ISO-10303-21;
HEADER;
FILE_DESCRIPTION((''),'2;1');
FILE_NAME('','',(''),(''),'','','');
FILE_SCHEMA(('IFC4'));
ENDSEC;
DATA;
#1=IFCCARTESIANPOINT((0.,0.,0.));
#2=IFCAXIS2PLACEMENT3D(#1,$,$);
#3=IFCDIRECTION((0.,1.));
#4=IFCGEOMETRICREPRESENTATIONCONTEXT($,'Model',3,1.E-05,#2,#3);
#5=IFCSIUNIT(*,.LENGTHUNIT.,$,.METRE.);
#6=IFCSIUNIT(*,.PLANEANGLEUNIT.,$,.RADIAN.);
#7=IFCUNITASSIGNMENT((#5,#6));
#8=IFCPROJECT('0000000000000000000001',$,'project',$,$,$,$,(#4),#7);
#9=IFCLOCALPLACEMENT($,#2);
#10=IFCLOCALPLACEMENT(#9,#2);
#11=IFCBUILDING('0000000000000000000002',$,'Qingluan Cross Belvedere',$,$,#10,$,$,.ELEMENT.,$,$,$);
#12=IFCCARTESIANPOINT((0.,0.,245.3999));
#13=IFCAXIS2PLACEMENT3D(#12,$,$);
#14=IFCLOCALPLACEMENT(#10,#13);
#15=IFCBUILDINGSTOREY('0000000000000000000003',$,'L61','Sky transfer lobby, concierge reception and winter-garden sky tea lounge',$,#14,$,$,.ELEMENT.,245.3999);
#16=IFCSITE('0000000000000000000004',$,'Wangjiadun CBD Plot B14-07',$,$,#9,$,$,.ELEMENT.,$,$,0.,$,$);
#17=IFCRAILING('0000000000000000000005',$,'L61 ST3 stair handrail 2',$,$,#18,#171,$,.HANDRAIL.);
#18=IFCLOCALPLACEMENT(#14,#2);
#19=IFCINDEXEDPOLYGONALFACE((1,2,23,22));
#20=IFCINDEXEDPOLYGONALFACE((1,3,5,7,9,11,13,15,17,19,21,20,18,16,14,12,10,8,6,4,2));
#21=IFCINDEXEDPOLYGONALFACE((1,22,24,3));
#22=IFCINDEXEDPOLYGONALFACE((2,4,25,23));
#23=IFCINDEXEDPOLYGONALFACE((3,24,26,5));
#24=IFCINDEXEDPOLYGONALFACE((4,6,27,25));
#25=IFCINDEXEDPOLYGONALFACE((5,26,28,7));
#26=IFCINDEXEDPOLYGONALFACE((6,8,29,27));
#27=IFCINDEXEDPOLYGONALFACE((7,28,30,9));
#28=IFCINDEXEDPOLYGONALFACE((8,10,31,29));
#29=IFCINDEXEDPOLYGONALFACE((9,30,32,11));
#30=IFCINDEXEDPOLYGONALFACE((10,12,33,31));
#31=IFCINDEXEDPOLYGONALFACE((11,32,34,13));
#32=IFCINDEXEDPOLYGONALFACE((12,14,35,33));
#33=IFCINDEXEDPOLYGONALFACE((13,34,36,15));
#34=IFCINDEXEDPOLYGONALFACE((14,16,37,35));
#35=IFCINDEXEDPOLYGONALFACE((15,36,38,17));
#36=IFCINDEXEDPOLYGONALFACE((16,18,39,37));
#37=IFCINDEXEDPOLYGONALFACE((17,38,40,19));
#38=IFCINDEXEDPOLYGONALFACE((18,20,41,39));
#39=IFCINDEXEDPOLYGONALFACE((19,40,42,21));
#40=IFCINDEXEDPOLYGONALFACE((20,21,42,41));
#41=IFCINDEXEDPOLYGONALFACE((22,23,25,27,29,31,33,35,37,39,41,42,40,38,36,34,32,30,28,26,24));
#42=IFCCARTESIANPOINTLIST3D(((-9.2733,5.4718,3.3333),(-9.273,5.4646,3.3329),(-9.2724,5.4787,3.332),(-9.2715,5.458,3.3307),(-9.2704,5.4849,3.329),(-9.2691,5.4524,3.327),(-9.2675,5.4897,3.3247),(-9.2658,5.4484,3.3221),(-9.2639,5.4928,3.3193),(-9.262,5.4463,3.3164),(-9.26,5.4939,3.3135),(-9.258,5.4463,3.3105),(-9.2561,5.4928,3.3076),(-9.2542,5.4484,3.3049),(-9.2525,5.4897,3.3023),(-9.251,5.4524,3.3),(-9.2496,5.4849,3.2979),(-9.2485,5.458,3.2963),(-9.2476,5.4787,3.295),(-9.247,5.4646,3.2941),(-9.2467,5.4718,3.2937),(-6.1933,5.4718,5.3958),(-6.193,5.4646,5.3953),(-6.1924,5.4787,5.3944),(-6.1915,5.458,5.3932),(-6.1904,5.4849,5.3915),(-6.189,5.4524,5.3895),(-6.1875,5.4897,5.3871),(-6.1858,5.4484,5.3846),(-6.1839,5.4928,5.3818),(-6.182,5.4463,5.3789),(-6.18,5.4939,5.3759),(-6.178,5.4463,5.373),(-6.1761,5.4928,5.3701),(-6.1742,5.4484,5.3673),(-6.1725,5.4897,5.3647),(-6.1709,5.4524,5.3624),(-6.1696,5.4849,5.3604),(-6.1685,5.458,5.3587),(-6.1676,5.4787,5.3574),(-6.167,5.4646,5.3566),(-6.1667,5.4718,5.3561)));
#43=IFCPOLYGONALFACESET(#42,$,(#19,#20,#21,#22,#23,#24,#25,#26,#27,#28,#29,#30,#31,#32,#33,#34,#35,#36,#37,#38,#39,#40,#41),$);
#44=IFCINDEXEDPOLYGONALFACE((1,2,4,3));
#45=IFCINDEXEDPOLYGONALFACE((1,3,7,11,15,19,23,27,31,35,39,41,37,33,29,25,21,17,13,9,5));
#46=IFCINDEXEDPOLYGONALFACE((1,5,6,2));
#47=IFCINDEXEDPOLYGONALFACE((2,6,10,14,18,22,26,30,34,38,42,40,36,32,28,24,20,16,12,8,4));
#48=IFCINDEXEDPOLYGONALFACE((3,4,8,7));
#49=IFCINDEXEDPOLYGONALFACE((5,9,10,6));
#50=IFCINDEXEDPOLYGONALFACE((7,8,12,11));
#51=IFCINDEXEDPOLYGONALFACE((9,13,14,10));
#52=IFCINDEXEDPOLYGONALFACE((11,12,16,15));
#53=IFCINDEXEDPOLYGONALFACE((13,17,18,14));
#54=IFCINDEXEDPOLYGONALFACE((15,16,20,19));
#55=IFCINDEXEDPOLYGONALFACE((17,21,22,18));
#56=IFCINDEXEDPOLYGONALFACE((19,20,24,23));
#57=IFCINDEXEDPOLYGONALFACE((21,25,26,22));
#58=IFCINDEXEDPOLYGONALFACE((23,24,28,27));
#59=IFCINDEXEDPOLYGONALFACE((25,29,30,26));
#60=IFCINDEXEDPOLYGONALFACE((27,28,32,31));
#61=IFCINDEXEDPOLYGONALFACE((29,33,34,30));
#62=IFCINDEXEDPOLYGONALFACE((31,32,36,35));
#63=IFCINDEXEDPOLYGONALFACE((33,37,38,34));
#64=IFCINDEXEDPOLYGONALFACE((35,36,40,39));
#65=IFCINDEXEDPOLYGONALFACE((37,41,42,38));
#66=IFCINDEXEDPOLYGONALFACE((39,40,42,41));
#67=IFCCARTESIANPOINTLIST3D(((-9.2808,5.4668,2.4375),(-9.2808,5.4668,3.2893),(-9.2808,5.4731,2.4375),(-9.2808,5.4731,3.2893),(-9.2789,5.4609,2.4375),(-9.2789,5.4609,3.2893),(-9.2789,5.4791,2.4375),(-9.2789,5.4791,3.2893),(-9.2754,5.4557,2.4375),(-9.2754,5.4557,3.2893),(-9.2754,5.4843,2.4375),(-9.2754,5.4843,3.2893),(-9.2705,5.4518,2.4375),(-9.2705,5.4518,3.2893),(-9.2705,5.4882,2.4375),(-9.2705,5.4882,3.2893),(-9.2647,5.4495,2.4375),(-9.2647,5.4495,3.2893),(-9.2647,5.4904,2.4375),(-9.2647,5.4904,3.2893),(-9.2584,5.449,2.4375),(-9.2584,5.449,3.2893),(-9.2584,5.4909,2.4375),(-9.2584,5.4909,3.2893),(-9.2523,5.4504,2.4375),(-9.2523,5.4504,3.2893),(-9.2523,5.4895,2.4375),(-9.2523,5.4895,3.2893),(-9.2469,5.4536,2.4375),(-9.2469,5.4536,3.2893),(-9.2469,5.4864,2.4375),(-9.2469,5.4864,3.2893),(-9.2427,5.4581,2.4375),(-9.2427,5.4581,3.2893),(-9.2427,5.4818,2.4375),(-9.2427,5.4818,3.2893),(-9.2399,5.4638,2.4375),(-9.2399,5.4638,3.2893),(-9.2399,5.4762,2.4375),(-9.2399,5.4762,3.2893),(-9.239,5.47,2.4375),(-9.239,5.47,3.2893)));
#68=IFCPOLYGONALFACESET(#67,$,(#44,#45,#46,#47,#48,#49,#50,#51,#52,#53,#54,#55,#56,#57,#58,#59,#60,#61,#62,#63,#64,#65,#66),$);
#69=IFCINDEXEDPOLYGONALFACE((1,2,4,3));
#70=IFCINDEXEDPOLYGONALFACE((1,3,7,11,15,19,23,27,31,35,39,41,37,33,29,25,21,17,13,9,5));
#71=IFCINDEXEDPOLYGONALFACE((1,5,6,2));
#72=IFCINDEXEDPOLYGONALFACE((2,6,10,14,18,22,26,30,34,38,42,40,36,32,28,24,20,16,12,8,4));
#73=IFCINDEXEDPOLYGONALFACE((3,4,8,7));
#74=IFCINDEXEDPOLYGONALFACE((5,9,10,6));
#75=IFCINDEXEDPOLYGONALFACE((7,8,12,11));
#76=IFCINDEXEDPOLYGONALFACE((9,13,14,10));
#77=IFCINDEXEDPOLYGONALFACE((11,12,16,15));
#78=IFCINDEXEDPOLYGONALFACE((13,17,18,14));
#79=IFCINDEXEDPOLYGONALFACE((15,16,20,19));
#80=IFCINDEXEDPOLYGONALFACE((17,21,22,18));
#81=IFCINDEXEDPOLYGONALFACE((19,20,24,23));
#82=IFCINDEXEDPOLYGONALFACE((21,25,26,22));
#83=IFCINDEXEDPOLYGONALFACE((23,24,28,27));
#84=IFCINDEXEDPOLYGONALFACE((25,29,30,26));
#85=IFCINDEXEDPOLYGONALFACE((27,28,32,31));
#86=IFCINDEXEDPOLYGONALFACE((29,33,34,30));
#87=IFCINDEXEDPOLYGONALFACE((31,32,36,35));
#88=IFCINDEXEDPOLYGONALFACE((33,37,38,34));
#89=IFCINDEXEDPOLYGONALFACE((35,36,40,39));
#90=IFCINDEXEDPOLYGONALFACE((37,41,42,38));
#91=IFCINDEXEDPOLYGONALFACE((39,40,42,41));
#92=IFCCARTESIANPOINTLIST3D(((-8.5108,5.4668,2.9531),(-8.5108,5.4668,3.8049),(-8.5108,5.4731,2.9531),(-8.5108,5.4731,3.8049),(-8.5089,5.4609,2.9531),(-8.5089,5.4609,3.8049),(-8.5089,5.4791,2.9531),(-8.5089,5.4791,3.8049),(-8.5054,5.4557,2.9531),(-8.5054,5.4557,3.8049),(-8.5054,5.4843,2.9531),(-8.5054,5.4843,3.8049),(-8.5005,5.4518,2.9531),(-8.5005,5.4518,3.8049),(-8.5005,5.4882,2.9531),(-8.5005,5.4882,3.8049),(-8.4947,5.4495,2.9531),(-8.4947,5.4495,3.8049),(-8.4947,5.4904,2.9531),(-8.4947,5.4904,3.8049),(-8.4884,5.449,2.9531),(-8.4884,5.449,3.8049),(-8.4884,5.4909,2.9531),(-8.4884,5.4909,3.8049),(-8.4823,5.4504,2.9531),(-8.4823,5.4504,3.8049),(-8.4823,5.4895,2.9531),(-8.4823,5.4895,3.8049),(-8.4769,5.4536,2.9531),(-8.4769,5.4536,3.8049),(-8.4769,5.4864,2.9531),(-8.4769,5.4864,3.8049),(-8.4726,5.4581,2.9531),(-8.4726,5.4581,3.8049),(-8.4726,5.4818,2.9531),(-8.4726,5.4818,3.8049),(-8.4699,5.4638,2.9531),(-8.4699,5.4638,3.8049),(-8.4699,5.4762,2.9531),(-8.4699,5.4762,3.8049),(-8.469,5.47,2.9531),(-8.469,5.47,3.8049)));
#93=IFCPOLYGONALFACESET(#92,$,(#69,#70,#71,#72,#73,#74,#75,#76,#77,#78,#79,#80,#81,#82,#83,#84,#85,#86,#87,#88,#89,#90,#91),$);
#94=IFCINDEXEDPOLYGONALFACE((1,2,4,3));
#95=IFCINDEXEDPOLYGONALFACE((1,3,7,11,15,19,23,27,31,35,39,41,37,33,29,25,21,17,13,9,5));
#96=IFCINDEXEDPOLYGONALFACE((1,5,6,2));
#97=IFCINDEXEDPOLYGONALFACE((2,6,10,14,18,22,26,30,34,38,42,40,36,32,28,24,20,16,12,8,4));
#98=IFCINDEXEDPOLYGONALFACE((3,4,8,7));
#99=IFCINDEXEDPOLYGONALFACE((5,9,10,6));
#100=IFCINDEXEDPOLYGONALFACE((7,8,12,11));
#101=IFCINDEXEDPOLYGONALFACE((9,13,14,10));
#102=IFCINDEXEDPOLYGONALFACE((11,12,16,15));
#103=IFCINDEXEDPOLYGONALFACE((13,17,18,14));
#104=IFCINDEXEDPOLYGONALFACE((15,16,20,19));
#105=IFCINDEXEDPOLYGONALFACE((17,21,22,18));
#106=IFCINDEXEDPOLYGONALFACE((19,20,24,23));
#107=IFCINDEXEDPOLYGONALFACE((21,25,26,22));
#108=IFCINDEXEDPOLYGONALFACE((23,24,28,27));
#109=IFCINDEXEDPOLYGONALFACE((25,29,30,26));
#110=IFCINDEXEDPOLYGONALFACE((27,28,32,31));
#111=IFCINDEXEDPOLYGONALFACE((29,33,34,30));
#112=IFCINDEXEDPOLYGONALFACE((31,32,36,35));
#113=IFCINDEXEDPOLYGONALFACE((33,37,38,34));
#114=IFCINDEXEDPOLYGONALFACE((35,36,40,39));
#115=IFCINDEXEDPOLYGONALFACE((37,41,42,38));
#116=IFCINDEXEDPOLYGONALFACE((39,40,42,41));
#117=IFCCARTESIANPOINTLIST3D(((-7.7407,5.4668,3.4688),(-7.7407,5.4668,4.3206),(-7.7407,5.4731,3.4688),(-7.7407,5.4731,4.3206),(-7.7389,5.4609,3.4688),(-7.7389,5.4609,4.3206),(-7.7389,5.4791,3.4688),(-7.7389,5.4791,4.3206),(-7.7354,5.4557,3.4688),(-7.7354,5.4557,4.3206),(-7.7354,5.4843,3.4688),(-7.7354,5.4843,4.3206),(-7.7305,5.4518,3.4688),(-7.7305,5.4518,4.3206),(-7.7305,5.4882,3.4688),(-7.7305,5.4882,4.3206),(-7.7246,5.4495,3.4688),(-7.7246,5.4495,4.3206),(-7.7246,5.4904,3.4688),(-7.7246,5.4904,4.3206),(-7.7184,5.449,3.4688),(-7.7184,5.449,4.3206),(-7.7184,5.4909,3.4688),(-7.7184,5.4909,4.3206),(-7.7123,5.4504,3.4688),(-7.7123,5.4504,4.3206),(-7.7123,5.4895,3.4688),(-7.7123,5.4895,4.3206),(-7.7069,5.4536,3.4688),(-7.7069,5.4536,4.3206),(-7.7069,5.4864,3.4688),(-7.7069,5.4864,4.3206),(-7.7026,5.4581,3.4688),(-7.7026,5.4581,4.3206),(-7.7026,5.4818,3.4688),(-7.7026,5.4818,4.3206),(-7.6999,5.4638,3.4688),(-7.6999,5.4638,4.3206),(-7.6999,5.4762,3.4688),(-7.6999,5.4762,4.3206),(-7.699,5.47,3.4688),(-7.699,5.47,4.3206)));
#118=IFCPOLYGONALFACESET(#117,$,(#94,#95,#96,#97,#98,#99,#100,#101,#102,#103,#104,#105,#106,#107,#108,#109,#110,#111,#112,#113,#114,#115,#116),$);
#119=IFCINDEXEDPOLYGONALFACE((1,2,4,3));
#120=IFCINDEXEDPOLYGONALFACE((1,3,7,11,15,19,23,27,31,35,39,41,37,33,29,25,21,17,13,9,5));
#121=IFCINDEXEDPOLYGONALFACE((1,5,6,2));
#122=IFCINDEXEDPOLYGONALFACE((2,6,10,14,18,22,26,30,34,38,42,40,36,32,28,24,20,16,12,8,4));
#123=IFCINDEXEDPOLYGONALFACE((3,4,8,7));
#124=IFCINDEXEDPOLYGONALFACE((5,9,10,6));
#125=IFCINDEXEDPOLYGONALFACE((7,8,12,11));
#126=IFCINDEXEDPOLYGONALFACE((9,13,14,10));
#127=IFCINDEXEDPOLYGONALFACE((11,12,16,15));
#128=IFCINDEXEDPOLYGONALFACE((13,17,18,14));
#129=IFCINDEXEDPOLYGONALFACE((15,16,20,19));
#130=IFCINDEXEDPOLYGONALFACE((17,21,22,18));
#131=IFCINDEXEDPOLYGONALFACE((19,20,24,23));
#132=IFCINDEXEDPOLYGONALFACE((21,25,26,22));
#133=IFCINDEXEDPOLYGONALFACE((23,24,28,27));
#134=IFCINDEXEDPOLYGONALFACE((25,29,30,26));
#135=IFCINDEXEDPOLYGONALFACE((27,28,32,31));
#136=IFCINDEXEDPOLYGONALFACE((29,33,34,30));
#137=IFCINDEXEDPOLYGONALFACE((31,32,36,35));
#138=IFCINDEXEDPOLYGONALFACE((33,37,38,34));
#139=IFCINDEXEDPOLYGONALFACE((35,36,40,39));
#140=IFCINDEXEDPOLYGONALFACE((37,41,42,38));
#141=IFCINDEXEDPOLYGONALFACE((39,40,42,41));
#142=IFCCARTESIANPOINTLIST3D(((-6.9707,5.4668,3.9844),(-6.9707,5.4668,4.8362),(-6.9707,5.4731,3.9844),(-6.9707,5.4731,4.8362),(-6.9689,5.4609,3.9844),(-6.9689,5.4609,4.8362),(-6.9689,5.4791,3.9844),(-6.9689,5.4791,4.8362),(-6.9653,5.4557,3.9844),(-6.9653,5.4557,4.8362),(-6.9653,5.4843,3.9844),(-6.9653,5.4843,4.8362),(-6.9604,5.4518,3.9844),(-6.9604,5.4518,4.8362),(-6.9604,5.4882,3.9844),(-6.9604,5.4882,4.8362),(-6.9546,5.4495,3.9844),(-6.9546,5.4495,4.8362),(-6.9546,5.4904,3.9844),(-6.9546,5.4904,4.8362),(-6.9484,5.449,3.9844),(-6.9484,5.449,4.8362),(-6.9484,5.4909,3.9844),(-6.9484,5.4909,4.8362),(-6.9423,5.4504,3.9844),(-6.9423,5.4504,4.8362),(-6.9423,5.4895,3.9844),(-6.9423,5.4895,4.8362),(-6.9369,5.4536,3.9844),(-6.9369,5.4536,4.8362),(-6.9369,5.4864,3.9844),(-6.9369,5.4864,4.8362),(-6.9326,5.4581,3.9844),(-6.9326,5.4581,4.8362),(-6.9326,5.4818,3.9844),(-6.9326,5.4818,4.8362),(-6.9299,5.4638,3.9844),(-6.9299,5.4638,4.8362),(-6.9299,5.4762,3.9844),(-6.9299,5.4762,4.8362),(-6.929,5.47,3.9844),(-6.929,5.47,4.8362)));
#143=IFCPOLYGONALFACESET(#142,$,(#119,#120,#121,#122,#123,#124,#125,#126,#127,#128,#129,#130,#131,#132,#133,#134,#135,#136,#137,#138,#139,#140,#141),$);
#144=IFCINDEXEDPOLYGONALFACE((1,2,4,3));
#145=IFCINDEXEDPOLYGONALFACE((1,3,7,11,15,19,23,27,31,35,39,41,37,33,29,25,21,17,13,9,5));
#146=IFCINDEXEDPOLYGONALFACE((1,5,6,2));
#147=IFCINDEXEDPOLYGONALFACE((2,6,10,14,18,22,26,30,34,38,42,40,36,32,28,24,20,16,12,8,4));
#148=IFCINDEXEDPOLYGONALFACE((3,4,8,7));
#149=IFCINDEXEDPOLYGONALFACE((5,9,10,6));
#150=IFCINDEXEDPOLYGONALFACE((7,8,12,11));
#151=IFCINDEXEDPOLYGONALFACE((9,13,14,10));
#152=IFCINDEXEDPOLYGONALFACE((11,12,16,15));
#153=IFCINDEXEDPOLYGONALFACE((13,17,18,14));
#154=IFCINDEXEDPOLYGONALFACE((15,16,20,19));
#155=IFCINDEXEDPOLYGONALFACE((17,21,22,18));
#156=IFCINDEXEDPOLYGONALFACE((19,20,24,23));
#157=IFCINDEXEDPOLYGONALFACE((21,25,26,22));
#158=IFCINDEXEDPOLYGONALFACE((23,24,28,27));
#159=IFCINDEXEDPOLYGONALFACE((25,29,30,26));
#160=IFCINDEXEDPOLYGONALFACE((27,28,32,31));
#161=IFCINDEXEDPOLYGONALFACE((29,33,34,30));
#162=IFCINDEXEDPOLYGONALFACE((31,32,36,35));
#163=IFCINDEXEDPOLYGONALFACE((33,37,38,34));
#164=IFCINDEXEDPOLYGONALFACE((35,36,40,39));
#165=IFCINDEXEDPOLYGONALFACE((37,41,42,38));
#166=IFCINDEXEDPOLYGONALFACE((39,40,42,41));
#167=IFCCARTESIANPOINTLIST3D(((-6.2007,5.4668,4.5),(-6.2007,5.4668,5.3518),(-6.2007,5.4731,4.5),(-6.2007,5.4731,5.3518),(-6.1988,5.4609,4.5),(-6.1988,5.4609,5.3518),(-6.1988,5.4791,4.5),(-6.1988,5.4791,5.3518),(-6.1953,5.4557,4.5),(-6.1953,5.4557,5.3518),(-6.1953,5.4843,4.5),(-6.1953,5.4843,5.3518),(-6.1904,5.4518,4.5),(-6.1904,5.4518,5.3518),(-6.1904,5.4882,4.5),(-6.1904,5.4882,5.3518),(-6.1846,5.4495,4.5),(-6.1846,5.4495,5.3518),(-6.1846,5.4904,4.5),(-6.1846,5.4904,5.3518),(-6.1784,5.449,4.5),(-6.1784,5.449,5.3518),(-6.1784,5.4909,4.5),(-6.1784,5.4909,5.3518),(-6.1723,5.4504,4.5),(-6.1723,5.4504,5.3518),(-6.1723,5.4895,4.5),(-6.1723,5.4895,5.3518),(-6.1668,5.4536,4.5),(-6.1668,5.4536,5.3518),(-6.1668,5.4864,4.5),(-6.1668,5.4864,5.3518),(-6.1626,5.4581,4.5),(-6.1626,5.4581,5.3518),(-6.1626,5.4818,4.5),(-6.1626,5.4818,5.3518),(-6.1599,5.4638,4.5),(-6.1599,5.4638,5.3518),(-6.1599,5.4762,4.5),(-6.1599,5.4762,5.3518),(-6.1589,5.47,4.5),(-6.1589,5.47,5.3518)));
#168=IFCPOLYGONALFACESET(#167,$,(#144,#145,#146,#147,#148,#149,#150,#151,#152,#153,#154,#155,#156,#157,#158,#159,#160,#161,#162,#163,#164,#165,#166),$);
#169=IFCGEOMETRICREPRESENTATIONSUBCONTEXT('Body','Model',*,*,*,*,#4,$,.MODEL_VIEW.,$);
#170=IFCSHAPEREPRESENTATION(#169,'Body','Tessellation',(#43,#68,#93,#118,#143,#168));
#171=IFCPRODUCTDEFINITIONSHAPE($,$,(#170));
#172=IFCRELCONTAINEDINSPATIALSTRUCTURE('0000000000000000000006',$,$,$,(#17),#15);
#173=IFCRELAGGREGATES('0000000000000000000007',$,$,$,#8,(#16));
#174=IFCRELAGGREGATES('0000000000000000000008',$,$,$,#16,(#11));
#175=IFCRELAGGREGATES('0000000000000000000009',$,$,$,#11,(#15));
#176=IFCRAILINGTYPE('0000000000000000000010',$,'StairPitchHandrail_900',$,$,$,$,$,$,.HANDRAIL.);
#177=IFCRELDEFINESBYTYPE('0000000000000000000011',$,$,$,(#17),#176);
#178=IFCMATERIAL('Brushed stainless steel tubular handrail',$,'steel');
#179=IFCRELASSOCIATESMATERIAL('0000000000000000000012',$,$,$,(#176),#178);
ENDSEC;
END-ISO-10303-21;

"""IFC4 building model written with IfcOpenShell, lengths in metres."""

from ifc_helpers import new_model, si_unit, direction, frame, origin, origin_2d, place, context, subcontext, project, spatial, circle, extrude, material, type_object, element, save


model = new_model("IFC4")

# Units and contexts
model_context = context("Model", 3, precision=1e-05, world=origin(), true_north=direction((0.0, 1.0)))
body_context = subcontext(model_context, "Body", "Model", "MODEL_VIEW")
ifc_project = project(units=[si_unit("LENGTHUNIT", "METRE"), si_unit("PLANEANGLEUNIT", "RADIAN")], contexts=[model_context])

# Site, building, storey
site_placement = place(None, origin())
site = spatial("IfcSite", under=ifc_project, at=site_placement, Name="Wangjiadun CBD Plot B14-07", CompositionType="ELEMENT", RefElevation=0.0)
building_placement = place(site_placement, origin())
building = spatial("IfcBuilding", under=site, at=building_placement, Name="Qingluan Cross Belvedere", CompositionType="ELEMENT")
storey_placement = place(building_placement, frame((0.0, 0.0, 245.3999)))
storey = spatial("IfcBuildingStorey", under=building, at=storey_placement, Name="L61", Description="Sky transfer lobby, concierge reception and winter-garden sky tea lounge", CompositionType="ELEMENT", Elevation=245.3999)

# Railing
ifc_material_1 = material(Name="Brushed stainless steel tubular handrail", Category="steel")
railing_type_1 = type_object("IfcRailingType", Name="StairPitchHandrail_900", PredefinedType="HANDRAIL", material=ifc_material_1)
railing_1_placement = place(storey_placement, frame((-9.26, 5.47, 2.4375)))
element("IfcRailing", 1, at=railing_1_placement, inside=storey, type_object=railing_type_1, Name="L61 ST3 stair handrail 2", PredefinedType="HANDRAIL", context=body_context, shape_type="SweptSolid", body=[
    extrude(circle(Radius=0.0239, at=origin_2d()), frame((0.0, 0.0, 0.876), z_axis=(0.830914, 0.0, 0.556401), x_axis=(0.0, 1.0, 0.0)), (0.0, 0.0, 1.0), 3.7068),
    extrude(circle(Radius=0.021, at=origin_2d()), origin(), (0.0, 0.0, 1.0), 0.8518),
    extrude(circle(Radius=0.021, at=origin_2d()), frame((0.77, 0.0, 0.5156)), (0.0, 0.0, 1.0), 0.8518),
    extrude(circle(Radius=0.021, at=origin_2d()), frame((1.54, 0.0, 1.0312)), (0.0, 0.0, 1.0), 0.8518),
    extrude(circle(Radius=0.021, at=origin_2d()), frame((2.3101, 0.0, 1.5469)), (0.0, 0.0, 1.0), 0.8518),
    extrude(circle(Radius=0.021, at=origin_2d()), frame((3.0801, 0.0, 2.0625)), (0.0, 0.0, 1.0), 0.8518),
])

save(model, "model.ifc")
